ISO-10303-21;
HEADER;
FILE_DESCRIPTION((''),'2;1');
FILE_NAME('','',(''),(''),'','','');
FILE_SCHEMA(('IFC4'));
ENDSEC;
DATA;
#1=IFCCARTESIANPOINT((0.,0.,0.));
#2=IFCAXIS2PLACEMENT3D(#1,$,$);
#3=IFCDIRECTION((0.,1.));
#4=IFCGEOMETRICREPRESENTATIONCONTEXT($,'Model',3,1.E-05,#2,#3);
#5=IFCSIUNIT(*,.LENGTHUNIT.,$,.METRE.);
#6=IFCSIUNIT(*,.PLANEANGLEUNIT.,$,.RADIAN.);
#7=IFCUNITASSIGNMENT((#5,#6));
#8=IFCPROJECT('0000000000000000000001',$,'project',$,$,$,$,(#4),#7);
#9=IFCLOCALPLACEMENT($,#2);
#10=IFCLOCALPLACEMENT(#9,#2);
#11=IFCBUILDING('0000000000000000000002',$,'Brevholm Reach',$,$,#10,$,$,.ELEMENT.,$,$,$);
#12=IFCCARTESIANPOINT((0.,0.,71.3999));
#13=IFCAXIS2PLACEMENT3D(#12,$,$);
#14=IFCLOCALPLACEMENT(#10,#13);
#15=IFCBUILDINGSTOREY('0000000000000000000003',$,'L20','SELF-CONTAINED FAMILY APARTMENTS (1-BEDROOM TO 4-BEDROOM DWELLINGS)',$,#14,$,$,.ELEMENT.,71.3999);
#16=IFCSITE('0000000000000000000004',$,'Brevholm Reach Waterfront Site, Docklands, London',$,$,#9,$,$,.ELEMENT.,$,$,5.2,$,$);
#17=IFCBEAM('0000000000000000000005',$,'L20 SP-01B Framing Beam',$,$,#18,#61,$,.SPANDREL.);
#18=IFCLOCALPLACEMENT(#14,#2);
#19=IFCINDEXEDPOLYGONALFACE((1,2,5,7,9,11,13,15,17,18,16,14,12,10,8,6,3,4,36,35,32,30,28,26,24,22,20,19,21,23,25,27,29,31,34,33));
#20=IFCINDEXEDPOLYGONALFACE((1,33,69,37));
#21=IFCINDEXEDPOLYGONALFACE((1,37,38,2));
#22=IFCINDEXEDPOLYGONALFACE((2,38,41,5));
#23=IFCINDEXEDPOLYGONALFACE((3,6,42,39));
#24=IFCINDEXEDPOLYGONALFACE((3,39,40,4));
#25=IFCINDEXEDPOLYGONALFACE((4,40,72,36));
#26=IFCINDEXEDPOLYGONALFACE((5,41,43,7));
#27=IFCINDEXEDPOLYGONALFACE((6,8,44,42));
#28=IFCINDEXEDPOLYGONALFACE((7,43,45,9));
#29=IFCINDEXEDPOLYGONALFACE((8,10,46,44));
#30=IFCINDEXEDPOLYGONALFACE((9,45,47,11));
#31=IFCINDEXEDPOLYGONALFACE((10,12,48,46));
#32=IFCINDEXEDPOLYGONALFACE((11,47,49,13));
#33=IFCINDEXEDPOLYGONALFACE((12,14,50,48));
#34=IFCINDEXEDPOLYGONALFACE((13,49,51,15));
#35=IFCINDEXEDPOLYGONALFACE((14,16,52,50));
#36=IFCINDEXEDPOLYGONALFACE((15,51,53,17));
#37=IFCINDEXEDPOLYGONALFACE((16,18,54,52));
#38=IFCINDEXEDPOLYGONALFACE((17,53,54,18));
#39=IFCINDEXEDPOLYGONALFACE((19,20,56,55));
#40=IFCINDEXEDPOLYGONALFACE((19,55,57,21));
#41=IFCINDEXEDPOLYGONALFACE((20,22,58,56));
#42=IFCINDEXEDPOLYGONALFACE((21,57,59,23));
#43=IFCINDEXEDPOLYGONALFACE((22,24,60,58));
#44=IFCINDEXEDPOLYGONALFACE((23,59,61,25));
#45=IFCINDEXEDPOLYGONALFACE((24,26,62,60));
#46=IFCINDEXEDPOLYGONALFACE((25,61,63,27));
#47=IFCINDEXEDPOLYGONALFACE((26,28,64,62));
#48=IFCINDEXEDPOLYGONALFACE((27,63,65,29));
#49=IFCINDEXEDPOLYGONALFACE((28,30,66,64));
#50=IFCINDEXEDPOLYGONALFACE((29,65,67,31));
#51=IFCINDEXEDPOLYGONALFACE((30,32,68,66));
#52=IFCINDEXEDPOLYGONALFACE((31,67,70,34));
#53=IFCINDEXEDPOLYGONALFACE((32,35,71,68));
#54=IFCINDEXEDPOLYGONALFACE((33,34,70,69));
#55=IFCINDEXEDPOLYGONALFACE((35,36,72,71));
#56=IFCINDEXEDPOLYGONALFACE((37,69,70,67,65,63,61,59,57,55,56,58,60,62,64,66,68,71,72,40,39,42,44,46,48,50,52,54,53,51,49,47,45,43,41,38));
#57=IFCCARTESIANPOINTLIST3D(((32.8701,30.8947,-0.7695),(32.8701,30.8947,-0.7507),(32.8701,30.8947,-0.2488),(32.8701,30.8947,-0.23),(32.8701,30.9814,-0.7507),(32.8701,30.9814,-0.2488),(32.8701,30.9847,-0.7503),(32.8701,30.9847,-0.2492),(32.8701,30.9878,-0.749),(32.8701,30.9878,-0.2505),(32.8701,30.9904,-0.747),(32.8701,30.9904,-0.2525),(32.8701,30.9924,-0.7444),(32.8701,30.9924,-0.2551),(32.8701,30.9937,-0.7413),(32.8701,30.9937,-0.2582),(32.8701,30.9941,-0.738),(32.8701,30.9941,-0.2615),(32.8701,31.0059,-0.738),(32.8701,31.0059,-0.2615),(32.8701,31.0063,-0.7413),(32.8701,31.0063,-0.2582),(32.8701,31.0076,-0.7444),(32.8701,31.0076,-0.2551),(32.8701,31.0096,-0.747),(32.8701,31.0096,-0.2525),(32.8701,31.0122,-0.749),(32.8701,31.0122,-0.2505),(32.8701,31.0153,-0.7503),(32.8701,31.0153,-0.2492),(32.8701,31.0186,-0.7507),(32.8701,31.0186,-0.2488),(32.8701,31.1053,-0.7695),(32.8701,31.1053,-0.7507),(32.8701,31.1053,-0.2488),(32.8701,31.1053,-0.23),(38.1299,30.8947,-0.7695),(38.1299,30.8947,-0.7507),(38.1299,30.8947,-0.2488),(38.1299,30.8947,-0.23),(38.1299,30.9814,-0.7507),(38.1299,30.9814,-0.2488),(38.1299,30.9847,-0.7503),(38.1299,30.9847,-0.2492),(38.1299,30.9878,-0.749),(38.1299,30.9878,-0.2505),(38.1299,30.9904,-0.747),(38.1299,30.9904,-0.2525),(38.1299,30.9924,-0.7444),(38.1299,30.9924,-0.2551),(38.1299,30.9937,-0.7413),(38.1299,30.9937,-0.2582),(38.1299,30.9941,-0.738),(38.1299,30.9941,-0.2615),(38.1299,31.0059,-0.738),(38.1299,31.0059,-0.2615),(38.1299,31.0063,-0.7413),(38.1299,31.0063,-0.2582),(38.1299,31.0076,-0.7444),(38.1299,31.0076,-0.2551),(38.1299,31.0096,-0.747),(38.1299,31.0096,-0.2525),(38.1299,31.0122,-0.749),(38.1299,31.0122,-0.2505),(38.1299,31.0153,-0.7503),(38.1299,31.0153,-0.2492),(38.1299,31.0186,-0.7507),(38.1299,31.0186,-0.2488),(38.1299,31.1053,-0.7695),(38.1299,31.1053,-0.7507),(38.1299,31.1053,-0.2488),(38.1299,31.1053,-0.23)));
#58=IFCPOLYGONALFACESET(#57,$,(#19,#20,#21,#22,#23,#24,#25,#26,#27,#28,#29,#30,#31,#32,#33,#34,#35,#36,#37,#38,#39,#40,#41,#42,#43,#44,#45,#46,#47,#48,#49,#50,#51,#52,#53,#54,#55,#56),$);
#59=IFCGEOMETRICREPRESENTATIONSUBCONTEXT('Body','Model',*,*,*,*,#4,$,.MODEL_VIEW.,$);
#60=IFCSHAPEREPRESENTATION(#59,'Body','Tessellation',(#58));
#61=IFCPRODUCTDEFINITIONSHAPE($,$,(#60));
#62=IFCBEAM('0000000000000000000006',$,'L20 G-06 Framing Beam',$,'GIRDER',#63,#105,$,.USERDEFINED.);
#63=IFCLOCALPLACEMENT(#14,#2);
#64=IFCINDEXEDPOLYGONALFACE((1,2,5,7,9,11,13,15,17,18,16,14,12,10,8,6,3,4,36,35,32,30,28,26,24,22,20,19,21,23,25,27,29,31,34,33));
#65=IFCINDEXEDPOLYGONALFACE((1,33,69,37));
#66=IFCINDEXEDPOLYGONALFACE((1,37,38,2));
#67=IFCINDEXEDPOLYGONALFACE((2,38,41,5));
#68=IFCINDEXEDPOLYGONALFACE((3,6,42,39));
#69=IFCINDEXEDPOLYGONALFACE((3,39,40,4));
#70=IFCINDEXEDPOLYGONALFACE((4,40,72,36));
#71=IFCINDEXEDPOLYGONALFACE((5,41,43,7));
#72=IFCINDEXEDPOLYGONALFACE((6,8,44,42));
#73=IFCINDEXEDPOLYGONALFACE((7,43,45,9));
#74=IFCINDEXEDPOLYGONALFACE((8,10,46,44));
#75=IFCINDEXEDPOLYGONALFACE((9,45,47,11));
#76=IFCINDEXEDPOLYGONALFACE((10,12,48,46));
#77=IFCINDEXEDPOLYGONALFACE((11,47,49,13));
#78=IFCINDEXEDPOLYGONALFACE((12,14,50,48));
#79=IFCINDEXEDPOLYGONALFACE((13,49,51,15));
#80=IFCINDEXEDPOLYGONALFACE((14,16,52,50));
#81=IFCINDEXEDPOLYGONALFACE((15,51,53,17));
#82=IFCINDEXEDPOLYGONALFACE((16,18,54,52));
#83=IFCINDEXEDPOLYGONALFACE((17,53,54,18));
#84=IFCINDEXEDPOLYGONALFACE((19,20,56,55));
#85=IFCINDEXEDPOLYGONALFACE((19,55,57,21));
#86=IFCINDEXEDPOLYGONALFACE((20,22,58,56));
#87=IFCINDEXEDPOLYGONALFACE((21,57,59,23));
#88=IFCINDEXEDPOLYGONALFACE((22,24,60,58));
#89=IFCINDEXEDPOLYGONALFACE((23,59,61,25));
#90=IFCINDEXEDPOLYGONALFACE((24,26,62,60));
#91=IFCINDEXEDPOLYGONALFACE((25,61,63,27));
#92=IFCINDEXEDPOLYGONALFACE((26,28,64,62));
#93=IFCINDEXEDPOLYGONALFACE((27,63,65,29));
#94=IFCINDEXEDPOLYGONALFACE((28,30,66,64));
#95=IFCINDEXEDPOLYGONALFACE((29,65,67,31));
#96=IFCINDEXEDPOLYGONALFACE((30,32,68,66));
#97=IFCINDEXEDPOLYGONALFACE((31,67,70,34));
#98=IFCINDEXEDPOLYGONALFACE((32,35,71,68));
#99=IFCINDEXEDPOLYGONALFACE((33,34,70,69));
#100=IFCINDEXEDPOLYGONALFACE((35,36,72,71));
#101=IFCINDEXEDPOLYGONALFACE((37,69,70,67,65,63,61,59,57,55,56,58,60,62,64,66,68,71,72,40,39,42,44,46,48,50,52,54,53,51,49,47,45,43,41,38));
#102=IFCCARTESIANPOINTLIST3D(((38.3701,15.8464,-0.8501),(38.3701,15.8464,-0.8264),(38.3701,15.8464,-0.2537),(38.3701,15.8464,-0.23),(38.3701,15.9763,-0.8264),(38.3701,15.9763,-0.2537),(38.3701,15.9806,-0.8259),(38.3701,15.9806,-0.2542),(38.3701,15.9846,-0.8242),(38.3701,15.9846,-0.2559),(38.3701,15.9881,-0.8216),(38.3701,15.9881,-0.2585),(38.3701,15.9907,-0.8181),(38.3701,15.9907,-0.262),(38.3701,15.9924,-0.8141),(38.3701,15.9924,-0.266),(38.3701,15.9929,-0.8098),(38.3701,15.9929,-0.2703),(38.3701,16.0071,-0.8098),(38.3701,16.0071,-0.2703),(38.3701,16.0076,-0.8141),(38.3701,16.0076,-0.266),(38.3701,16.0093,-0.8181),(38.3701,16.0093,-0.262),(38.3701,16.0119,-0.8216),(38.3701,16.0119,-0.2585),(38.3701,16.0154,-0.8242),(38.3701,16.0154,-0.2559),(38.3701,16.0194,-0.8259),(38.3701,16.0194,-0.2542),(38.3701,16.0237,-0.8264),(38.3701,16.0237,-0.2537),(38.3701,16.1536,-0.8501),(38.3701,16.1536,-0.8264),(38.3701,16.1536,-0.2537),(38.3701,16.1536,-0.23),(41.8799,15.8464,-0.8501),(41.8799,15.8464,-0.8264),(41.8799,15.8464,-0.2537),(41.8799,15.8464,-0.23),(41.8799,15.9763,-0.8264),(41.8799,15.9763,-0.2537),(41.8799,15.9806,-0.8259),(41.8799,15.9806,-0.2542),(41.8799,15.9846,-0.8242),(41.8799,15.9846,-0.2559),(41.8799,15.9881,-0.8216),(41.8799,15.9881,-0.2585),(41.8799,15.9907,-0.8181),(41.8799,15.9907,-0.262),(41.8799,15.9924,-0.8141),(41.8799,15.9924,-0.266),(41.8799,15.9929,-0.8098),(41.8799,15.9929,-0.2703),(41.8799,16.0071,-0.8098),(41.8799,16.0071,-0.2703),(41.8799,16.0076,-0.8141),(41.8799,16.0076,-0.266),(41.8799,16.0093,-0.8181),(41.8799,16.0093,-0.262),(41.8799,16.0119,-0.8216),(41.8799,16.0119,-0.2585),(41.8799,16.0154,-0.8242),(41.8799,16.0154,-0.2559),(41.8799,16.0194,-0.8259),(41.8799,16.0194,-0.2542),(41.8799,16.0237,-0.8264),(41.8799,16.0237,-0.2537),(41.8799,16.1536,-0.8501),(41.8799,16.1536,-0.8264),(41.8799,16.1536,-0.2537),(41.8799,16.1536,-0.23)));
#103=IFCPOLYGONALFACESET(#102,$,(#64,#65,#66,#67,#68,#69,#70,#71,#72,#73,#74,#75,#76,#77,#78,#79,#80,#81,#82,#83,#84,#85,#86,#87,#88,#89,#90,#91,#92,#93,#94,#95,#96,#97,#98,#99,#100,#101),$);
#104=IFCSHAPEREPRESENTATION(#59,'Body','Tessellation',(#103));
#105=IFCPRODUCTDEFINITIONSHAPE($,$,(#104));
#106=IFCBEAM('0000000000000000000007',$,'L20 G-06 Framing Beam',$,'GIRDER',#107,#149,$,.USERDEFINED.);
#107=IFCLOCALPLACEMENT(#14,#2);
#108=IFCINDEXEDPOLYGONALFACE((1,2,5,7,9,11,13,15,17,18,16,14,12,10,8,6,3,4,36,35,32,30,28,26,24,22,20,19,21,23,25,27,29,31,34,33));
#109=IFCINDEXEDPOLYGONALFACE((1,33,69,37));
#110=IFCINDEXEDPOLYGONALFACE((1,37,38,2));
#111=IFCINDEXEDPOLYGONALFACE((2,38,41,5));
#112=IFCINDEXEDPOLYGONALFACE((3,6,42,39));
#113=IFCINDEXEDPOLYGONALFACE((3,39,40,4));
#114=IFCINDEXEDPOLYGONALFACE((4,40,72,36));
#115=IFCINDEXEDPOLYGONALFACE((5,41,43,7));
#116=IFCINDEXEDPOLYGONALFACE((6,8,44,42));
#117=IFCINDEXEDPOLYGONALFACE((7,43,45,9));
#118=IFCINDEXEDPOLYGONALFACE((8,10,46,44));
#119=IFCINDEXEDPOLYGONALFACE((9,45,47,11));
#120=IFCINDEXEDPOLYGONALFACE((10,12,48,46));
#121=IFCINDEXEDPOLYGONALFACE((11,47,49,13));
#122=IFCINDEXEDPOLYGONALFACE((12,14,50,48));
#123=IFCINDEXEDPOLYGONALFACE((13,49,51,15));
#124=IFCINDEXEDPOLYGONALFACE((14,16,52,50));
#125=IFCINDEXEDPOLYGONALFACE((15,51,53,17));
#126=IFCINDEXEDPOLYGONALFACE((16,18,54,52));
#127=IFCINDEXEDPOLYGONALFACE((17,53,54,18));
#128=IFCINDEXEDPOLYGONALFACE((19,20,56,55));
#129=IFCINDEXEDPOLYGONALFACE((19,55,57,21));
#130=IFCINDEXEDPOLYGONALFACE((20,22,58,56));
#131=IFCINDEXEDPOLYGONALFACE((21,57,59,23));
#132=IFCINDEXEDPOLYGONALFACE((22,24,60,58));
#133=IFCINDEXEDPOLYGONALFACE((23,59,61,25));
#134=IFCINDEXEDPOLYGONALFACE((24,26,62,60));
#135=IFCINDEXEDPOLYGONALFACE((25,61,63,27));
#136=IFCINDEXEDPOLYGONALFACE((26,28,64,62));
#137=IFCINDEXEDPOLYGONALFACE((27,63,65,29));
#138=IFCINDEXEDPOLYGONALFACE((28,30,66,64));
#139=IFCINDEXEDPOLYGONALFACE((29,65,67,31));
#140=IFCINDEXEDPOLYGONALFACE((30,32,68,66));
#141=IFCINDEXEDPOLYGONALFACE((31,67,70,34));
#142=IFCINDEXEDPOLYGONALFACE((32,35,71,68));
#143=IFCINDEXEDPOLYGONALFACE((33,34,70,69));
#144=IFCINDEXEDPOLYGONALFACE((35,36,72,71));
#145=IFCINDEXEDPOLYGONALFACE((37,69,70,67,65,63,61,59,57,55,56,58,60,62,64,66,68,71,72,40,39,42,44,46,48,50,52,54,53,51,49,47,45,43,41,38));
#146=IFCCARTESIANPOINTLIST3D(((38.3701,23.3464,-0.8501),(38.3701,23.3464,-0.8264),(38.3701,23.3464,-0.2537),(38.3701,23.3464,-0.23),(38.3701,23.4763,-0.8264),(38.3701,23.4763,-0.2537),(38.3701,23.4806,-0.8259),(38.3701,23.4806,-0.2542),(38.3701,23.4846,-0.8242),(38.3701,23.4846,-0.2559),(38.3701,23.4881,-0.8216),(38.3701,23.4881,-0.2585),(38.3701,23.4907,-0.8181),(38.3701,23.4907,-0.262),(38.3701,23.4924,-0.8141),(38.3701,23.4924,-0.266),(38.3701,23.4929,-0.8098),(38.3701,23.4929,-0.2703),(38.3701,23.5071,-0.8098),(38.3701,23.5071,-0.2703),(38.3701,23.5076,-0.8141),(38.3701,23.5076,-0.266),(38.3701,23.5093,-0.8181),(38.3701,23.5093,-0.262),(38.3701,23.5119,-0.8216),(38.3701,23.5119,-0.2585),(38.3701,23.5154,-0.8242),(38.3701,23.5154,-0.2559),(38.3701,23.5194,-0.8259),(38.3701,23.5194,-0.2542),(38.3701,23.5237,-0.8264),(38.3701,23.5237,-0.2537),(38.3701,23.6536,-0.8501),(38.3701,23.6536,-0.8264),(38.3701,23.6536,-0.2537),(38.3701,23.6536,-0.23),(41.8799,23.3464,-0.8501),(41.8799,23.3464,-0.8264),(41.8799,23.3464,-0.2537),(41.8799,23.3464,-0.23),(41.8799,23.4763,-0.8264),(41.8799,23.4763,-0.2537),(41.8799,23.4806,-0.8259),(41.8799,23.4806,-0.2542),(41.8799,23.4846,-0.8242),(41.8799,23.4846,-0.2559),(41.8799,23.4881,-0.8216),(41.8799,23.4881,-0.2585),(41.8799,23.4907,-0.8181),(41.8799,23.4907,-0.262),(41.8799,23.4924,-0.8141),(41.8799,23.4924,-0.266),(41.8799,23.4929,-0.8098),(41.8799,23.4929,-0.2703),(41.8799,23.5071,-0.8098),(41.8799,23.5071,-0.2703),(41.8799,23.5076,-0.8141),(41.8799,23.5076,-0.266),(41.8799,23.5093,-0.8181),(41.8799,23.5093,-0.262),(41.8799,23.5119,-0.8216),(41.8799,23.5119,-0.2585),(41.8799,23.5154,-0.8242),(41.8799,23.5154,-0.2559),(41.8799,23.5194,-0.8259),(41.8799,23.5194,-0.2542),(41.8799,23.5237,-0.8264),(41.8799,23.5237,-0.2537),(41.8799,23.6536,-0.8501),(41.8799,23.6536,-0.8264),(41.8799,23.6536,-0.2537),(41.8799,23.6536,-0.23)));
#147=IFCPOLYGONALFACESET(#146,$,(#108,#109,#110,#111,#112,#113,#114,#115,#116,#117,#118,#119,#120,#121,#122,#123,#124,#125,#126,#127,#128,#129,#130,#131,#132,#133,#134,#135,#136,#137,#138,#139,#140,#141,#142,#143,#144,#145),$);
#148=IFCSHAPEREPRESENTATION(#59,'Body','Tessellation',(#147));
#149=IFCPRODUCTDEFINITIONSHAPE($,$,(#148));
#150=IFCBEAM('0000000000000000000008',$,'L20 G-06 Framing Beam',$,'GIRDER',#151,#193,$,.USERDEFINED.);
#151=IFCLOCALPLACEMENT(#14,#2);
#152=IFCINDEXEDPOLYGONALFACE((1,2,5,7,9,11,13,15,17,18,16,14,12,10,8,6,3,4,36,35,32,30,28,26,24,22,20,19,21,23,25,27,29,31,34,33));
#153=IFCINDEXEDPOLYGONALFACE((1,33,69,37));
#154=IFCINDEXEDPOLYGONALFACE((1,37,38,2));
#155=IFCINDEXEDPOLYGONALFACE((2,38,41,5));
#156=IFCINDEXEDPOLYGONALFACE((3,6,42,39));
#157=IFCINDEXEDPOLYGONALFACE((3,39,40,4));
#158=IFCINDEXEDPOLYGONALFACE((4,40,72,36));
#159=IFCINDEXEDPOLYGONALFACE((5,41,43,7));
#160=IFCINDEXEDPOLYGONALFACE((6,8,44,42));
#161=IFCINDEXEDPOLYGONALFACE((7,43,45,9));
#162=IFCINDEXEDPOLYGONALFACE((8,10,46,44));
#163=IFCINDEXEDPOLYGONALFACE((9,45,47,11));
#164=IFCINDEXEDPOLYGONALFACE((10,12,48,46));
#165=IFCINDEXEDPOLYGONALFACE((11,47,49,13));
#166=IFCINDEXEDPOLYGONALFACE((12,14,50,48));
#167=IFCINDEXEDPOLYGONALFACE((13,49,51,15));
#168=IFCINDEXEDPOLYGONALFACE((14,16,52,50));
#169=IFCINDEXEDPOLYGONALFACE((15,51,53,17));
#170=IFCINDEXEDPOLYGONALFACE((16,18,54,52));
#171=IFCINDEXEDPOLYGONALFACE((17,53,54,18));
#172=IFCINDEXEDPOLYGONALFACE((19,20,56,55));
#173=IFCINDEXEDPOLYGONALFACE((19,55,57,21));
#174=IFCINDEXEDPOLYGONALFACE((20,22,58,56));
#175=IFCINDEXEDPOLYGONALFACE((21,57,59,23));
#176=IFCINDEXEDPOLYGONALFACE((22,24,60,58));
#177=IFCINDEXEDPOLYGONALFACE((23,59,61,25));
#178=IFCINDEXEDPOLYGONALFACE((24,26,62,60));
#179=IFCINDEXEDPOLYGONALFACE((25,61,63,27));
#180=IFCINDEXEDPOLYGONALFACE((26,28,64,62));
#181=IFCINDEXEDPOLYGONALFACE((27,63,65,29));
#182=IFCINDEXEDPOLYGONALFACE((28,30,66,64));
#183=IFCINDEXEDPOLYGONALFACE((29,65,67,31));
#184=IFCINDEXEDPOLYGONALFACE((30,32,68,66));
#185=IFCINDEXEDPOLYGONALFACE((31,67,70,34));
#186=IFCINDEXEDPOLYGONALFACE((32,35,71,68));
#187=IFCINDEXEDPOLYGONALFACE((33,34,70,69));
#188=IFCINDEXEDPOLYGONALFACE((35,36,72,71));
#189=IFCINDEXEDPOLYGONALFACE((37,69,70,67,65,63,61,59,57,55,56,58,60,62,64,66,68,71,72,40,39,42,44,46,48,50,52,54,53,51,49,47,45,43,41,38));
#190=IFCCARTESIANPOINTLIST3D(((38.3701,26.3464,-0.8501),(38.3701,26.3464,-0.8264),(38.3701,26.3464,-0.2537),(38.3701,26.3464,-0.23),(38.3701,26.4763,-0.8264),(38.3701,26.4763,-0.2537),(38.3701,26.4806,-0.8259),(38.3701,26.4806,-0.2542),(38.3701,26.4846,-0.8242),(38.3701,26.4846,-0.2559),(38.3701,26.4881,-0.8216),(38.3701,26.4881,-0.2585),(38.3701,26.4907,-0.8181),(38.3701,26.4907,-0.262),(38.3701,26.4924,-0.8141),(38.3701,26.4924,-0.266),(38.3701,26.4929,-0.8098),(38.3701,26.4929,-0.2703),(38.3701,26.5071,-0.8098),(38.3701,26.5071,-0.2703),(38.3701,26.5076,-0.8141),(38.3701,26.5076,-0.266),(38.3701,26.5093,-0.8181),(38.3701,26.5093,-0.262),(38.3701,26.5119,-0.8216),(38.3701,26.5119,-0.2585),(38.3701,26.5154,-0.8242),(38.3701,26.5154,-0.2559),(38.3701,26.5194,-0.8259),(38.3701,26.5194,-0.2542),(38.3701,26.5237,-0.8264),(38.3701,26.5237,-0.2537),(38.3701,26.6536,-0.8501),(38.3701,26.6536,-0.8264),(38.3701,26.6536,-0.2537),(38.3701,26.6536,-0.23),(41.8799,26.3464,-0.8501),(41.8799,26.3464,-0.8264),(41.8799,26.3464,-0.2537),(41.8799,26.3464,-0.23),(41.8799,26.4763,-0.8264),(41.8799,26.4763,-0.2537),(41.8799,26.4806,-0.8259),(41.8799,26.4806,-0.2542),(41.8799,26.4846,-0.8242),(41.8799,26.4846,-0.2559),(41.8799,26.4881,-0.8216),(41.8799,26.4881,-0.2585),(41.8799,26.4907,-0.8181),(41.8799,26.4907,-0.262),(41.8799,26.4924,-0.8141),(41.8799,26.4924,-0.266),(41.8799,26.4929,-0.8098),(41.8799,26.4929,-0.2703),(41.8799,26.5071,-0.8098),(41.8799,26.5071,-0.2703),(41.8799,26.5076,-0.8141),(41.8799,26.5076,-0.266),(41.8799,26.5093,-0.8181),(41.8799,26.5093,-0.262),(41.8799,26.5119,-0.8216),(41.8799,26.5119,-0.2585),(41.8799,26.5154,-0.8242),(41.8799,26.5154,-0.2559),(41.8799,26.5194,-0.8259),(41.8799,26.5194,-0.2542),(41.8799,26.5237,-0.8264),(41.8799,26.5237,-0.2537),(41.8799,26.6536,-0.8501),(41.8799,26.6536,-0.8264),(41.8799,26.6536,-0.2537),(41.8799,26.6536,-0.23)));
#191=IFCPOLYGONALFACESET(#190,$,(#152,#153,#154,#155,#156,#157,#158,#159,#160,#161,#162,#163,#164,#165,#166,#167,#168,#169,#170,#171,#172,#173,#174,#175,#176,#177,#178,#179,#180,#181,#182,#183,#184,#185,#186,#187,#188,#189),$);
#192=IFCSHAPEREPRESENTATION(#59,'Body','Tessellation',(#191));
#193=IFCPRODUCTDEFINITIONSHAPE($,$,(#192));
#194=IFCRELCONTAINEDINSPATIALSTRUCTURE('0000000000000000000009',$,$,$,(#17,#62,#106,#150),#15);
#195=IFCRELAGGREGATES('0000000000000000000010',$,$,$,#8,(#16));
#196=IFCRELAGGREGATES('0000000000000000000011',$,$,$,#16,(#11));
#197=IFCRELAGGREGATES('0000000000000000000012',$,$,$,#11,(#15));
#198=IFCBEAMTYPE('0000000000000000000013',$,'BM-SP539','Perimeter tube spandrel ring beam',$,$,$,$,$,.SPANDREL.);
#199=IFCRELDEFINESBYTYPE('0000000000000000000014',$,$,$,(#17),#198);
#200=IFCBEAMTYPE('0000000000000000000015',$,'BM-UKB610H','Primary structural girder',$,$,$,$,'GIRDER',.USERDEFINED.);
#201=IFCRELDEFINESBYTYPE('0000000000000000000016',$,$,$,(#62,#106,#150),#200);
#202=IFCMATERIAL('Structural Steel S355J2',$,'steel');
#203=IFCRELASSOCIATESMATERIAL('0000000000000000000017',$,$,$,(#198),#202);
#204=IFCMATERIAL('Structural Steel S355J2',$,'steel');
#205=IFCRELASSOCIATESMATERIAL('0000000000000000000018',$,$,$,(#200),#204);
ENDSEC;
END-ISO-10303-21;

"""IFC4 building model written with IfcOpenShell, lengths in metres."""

from ifc_helpers import new_model, si_unit, direction, frame, origin, origin_2d, place, context, subcontext, project, spatial, i_section, extrude, material, material_profile, profile_set, type_object, element, save


model = new_model("IFC4")

# Units and contexts
model_context = context("Model", 3, precision=1e-05, world=origin(), true_north=direction((0.0, 1.0)))
body_context = subcontext(model_context, "Body", "Model", "MODEL_VIEW")
ifc_project = project(units=[si_unit("LENGTHUNIT", "METRE"), si_unit("PLANEANGLEUNIT", "RADIAN")], contexts=[model_context])

# Site, building, storey
site_placement = place(None, origin())
site = spatial("IfcSite", under=ifc_project, at=site_placement, Name="Brevholm Reach Waterfront Site, Docklands, London", CompositionType="ELEMENT", RefElevation=5.2)
building_placement = place(site_placement, origin())
building = spatial("IfcBuilding", under=site, at=building_placement, Name="Brevholm Reach", CompositionType="ELEMENT")
storey_placement = place(building_placement, frame((0.0, 0.0, 71.3999)))
storey = spatial("IfcBuildingStorey", under=building, at=storey_placement, Name="L20", Description="SELF-CONTAINED FAMILY APARTMENTS (1-BEDROOM TO 4-BEDROOM DWELLINGS)", CompositionType="ELEMENT", Elevation=71.3999)

# Beams
ifc_material_1 = material(Name="Structural Steel S355J2", Category="steel")
ifc_material_profile_1 = material_profile(ifc_material_1, i_section(OverallWidth=0.2107, OverallDepth=0.5396, WebThickness=0.0117, FlangeThickness=0.0188, FilletRadius=0.0127, at=origin_2d()), Name="UKB 533x210x109")
ifc_profile_set_1 = profile_set([ifc_material_profile_1], Name="Structural Steel S355J2")
beam_type_1 = type_object("IfcBeamType", Name="BM-SP539", Description="Perimeter tube spandrel ring beam", PredefinedType="SPANDREL", material=ifc_profile_set_1)
beam_1_placement = place(storey_placement, frame((32.8701, 31.0, -0.4998), z_axis=(1.0, 0.0, 0.0), x_axis=(0.0, 1.0, 0.0)))
element("IfcBeam", 1, at=beam_1_placement, inside=storey, type_object=beam_type_1, Name="L20 SP-01B Framing Beam", PredefinedType="SPANDREL", context=body_context, shape_type="SweptSolid", body=[
    extrude(i_section(OverallWidth=0.2107, OverallDepth=0.5396, WebThickness=0.0117, FlangeThickness=0.0188, FilletRadius=0.0127, at=origin_2d()), origin(), (0.0, 0.0, 1.0), 5.2598),
])
ifc_material_2 = material(Name="Structural Steel S355J2", Category="steel")
ifc_material_profile_2 = material_profile(ifc_material_2, i_section(OverallWidth=0.3071, OverallDepth=0.6201, WebThickness=0.0142, FlangeThickness=0.0237, FilletRadius=0.0166, at=origin_2d()), Name="UKB 610x305x179")
ifc_profile_set_2 = profile_set([ifc_material_profile_2], Name="Structural Steel S355J2")
beam_type_2 = type_object("IfcBeamType", Name="BM-UKB610H", Description="Primary structural girder", ElementType="GIRDER", PredefinedType="USERDEFINED", material=ifc_profile_set_2)
for number, where, z_axis, x_axis, name in (
    (2, (38.3701, 16.0, -0.54), (1.0, 0.0, 0.0), (0.0, 1.0, 0.0), "L20 G-06 Framing Beam"),
    (3, (38.3701, 23.5, -0.54), (1.0, 0.0, 0.0), (0.0, 1.0, 0.0), "L20 G-06 Framing Beam"),
    (4, (38.3701, 26.5, -0.54), (1.0, 0.0, 0.0), (0.0, 1.0, 0.0), "L20 G-06 Framing Beam"),
):
    element("IfcBeam", number, at=place(storey_placement, frame(where, z_axis=z_axis, x_axis=x_axis)), inside=storey, type_object=beam_type_2, Name=name, ObjectType="GIRDER", PredefinedType="USERDEFINED", context=body_context, shape_type="SweptSolid", body=[
        extrude(i_section(OverallWidth=0.3071, OverallDepth=0.6201, WebThickness=0.0142, FlangeThickness=0.0237, FilletRadius=0.0166, at=origin_2d()), origin(), (0.0, 0.0, 1.0), 3.5098),
    ])

save(model, "model.ifc")
